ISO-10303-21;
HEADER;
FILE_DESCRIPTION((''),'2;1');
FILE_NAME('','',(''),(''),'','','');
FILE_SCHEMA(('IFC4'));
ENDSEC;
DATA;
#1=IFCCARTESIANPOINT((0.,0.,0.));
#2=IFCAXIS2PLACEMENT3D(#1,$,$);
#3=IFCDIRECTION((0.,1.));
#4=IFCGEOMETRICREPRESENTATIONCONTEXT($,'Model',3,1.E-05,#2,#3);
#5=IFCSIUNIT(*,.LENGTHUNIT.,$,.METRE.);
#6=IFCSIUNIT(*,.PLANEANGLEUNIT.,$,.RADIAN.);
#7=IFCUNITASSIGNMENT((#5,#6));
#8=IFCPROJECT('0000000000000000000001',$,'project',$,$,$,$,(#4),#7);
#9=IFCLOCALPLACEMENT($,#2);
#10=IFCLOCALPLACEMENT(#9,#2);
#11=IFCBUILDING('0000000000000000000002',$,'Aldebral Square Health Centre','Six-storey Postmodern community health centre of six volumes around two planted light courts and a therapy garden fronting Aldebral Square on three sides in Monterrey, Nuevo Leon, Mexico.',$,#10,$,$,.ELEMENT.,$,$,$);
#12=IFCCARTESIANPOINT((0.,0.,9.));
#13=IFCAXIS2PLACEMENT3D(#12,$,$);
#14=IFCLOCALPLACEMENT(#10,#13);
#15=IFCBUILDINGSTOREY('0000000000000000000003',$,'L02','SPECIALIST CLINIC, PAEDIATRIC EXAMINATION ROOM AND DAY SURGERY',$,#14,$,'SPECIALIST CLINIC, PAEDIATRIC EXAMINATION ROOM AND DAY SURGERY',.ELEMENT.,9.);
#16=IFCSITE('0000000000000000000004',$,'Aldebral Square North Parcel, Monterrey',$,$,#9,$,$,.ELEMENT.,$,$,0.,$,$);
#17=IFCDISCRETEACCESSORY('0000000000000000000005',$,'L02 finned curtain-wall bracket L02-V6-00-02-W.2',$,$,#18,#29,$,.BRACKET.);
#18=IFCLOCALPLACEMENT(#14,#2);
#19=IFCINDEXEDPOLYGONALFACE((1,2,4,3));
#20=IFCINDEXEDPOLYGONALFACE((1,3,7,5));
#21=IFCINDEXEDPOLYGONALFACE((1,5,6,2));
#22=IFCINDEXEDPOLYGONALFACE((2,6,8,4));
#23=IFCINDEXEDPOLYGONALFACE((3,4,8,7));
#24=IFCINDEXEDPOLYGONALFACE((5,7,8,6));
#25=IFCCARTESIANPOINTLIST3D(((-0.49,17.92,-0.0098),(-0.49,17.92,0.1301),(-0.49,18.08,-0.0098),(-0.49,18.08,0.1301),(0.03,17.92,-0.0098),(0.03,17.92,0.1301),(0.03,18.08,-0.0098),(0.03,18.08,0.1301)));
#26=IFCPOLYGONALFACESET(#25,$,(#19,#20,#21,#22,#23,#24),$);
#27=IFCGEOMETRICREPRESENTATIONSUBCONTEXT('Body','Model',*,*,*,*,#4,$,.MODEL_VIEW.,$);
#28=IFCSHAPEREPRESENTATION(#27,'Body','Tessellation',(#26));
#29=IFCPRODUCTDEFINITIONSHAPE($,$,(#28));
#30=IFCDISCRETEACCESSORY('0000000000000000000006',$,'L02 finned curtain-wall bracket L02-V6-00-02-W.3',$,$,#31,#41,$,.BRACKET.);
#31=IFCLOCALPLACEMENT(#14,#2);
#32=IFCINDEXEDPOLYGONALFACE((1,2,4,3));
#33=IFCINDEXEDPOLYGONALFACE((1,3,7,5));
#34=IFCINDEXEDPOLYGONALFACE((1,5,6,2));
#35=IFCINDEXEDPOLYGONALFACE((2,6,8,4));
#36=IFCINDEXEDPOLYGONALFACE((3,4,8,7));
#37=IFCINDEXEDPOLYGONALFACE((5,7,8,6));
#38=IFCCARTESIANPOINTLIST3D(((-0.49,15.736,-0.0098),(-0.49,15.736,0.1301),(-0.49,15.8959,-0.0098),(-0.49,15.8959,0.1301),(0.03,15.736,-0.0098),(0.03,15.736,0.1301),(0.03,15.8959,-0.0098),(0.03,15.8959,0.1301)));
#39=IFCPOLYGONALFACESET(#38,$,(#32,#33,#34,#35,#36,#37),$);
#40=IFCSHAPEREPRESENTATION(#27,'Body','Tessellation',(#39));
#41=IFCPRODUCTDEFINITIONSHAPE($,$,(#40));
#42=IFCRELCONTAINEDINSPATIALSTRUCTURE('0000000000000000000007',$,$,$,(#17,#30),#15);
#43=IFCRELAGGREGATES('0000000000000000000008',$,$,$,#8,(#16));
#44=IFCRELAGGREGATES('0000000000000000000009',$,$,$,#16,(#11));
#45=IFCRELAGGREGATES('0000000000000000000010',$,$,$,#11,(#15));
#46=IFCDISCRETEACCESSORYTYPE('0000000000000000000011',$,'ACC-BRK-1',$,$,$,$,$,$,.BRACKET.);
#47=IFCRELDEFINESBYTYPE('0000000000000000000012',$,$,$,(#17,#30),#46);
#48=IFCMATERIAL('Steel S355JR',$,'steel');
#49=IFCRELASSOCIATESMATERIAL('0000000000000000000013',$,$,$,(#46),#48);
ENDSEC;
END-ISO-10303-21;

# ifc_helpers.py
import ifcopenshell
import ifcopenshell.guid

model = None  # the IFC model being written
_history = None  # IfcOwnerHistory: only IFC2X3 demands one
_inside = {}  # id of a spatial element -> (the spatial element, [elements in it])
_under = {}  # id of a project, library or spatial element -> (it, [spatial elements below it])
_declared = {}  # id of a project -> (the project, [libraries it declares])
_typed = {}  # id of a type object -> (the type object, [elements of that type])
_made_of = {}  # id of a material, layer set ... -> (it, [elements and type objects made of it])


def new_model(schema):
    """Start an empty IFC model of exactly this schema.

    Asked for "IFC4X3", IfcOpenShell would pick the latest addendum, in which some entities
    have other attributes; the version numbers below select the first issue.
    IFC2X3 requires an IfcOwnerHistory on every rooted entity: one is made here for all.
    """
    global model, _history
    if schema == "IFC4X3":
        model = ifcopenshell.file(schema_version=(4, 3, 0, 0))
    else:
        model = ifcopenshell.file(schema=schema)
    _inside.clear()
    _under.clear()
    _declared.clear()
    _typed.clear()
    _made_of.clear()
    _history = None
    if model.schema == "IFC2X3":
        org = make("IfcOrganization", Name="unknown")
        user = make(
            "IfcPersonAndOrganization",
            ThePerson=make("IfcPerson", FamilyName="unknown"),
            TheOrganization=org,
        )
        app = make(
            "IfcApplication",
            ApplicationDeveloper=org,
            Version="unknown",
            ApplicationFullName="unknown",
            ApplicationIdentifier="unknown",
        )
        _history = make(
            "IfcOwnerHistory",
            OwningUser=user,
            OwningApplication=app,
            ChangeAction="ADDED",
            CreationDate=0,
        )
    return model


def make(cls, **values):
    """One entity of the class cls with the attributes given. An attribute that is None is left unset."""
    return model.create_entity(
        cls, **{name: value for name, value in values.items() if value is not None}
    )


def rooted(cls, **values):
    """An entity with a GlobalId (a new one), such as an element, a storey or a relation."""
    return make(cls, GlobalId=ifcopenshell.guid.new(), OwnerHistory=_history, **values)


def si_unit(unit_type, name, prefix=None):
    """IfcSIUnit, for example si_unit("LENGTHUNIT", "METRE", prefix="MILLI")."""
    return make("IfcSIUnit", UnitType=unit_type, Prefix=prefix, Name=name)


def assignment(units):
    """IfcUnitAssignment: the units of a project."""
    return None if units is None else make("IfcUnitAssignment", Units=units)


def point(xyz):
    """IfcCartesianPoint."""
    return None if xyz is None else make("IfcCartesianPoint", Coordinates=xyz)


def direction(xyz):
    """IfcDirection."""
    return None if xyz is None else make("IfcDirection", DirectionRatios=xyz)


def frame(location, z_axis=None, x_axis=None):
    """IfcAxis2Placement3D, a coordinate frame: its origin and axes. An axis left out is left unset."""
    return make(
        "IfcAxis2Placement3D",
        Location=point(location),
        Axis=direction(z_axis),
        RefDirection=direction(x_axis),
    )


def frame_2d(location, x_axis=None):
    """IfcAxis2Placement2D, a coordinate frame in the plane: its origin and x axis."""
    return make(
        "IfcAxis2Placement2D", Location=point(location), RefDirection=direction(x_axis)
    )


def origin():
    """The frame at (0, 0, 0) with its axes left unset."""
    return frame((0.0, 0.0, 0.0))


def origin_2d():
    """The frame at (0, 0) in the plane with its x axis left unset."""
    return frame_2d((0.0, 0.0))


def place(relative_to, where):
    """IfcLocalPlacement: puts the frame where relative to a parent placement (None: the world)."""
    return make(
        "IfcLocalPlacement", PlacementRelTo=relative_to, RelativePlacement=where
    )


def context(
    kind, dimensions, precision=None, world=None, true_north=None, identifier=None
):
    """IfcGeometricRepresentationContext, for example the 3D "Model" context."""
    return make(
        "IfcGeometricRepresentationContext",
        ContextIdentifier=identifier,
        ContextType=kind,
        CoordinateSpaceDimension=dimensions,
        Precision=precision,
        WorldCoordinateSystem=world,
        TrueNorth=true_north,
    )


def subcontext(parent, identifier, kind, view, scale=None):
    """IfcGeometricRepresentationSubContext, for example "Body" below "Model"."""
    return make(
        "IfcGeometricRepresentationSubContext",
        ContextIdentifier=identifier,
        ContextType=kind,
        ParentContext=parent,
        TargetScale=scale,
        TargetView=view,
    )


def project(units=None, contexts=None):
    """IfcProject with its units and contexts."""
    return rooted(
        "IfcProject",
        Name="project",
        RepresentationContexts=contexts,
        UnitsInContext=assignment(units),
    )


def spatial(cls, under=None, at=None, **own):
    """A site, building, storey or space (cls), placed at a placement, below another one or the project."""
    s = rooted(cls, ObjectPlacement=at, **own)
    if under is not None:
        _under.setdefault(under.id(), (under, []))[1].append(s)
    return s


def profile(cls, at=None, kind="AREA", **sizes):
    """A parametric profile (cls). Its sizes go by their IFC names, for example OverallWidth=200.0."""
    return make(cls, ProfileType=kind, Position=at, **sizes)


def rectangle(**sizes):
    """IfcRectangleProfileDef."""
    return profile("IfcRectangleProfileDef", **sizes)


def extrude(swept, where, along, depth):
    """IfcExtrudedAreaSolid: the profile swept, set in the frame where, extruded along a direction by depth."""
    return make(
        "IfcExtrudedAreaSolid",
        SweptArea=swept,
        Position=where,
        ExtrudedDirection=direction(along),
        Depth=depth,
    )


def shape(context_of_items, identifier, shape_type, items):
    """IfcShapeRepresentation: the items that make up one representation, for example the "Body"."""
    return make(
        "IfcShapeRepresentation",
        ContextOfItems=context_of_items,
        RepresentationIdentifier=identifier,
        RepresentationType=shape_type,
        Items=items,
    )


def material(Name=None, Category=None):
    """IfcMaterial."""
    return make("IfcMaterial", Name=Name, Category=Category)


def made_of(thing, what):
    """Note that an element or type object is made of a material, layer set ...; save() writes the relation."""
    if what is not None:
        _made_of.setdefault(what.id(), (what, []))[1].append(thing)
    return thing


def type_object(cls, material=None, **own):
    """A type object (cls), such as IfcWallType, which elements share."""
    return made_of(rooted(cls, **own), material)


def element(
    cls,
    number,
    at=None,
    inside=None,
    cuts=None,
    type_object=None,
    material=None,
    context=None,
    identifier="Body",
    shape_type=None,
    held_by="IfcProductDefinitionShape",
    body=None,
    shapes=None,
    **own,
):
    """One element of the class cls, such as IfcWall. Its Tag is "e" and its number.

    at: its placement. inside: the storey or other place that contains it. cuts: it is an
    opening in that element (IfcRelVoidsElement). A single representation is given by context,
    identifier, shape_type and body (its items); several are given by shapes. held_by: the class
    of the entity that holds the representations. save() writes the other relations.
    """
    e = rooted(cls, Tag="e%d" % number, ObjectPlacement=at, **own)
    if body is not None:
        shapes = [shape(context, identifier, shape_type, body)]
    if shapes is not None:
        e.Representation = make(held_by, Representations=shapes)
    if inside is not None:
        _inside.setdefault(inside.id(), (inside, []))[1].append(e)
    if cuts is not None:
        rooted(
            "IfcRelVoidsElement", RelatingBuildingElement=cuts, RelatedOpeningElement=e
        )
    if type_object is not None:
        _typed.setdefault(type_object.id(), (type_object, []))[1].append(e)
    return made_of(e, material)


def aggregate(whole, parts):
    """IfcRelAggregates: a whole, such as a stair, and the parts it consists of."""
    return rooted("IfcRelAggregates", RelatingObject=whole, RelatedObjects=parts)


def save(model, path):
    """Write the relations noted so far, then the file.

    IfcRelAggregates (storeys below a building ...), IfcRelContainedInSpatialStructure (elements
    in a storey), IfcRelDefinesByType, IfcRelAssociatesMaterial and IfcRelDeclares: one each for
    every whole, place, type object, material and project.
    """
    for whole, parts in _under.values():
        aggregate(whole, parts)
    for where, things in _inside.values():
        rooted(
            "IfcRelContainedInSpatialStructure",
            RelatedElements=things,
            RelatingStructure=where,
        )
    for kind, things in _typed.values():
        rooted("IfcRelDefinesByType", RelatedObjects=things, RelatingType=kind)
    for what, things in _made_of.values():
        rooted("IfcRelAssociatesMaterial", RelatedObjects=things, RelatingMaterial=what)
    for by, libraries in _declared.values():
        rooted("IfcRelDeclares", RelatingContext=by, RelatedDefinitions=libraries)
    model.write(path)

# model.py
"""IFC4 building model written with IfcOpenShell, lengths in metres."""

from ifc_helpers import new_model, si_unit, direction, frame, origin, origin_2d, place, context, subcontext, project, spatial, rectangle, extrude, material, type_object, element, save


model = new_model("IFC4")

# Units and contexts
model_context = context("Model", 3, precision=1e-05, world=origin(), true_north=direction((0.0, 1.0)))
body_context = subcontext(model_context, "Body", "Model", "MODEL_VIEW")
ifc_project = project(units=[si_unit("LENGTHUNIT", "METRE"), si_unit("PLANEANGLEUNIT", "RADIAN")], contexts=[model_context])

# Site, building, storey
site_placement = place(None, origin())
site = spatial("IfcSite", under=ifc_project, at=site_placement, Name="Aldebral Square North Parcel, Monterrey", CompositionType="ELEMENT", RefElevation=0.0)
building_placement = place(site_placement, origin())
building = spatial("IfcBuilding", under=site, at=building_placement, Name="Aldebral Square Health Centre", Description="Six-storey Postmodern community health centre of six volumes around two planted light courts and a therapy garden fronting Aldebral Square on three sides in Monterrey, Nuevo Leon, Mexico.", CompositionType="ELEMENT")
storey_placement = place(building_placement, frame((0.0, 0.0, 9.0)))
storey = spatial("IfcBuildingStorey", under=building, at=storey_placement, Name="L02", Description="SPECIALIST CLINIC, PAEDIATRIC EXAMINATION ROOM AND DAY SURGERY", LongName="SPECIALIST CLINIC, PAEDIATRIC EXAMINATION ROOM AND DAY SURGERY", CompositionType="ELEMENT", Elevation=9.0)

# Discrete accessories
ifc_material_1 = material(Name="Steel S355JR", Category="steel")
discrete_accessory_type = type_object("IfcDiscreteAccessoryType", Name="ACC-BRK-1", PredefinedType="BRACKET", material=ifc_material_1)
for number, where, z_axis, x_axis, name in (
    (1, (-0.23, 18.0, -0.0098), (0.0, 0.0, 1.0), (0.0, 1.0, 0.0), "L02 finned curtain-wall bracket L02-V6-00-02-W.2"),
    (2, (-0.23, 15.8159, -0.0098), (0.0, 0.0, 1.0), (0.0, 1.0, 0.0), "L02 finned curtain-wall bracket L02-V6-00-02-W.3"),
):
    element("IfcDiscreteAccessory", number, at=place(storey_placement, frame(where, z_axis=z_axis, x_axis=x_axis)), inside=storey, type_object=discrete_accessory_type, Name=name, PredefinedType="BRACKET", context=body_context, shape_type="SweptSolid", body=[
        extrude(rectangle(XDim=0.1599, YDim=0.52, at=origin_2d()), origin(), (0.0, 0.0, 1.0), 0.1399),
    ])

save(model, "model.ifc")
